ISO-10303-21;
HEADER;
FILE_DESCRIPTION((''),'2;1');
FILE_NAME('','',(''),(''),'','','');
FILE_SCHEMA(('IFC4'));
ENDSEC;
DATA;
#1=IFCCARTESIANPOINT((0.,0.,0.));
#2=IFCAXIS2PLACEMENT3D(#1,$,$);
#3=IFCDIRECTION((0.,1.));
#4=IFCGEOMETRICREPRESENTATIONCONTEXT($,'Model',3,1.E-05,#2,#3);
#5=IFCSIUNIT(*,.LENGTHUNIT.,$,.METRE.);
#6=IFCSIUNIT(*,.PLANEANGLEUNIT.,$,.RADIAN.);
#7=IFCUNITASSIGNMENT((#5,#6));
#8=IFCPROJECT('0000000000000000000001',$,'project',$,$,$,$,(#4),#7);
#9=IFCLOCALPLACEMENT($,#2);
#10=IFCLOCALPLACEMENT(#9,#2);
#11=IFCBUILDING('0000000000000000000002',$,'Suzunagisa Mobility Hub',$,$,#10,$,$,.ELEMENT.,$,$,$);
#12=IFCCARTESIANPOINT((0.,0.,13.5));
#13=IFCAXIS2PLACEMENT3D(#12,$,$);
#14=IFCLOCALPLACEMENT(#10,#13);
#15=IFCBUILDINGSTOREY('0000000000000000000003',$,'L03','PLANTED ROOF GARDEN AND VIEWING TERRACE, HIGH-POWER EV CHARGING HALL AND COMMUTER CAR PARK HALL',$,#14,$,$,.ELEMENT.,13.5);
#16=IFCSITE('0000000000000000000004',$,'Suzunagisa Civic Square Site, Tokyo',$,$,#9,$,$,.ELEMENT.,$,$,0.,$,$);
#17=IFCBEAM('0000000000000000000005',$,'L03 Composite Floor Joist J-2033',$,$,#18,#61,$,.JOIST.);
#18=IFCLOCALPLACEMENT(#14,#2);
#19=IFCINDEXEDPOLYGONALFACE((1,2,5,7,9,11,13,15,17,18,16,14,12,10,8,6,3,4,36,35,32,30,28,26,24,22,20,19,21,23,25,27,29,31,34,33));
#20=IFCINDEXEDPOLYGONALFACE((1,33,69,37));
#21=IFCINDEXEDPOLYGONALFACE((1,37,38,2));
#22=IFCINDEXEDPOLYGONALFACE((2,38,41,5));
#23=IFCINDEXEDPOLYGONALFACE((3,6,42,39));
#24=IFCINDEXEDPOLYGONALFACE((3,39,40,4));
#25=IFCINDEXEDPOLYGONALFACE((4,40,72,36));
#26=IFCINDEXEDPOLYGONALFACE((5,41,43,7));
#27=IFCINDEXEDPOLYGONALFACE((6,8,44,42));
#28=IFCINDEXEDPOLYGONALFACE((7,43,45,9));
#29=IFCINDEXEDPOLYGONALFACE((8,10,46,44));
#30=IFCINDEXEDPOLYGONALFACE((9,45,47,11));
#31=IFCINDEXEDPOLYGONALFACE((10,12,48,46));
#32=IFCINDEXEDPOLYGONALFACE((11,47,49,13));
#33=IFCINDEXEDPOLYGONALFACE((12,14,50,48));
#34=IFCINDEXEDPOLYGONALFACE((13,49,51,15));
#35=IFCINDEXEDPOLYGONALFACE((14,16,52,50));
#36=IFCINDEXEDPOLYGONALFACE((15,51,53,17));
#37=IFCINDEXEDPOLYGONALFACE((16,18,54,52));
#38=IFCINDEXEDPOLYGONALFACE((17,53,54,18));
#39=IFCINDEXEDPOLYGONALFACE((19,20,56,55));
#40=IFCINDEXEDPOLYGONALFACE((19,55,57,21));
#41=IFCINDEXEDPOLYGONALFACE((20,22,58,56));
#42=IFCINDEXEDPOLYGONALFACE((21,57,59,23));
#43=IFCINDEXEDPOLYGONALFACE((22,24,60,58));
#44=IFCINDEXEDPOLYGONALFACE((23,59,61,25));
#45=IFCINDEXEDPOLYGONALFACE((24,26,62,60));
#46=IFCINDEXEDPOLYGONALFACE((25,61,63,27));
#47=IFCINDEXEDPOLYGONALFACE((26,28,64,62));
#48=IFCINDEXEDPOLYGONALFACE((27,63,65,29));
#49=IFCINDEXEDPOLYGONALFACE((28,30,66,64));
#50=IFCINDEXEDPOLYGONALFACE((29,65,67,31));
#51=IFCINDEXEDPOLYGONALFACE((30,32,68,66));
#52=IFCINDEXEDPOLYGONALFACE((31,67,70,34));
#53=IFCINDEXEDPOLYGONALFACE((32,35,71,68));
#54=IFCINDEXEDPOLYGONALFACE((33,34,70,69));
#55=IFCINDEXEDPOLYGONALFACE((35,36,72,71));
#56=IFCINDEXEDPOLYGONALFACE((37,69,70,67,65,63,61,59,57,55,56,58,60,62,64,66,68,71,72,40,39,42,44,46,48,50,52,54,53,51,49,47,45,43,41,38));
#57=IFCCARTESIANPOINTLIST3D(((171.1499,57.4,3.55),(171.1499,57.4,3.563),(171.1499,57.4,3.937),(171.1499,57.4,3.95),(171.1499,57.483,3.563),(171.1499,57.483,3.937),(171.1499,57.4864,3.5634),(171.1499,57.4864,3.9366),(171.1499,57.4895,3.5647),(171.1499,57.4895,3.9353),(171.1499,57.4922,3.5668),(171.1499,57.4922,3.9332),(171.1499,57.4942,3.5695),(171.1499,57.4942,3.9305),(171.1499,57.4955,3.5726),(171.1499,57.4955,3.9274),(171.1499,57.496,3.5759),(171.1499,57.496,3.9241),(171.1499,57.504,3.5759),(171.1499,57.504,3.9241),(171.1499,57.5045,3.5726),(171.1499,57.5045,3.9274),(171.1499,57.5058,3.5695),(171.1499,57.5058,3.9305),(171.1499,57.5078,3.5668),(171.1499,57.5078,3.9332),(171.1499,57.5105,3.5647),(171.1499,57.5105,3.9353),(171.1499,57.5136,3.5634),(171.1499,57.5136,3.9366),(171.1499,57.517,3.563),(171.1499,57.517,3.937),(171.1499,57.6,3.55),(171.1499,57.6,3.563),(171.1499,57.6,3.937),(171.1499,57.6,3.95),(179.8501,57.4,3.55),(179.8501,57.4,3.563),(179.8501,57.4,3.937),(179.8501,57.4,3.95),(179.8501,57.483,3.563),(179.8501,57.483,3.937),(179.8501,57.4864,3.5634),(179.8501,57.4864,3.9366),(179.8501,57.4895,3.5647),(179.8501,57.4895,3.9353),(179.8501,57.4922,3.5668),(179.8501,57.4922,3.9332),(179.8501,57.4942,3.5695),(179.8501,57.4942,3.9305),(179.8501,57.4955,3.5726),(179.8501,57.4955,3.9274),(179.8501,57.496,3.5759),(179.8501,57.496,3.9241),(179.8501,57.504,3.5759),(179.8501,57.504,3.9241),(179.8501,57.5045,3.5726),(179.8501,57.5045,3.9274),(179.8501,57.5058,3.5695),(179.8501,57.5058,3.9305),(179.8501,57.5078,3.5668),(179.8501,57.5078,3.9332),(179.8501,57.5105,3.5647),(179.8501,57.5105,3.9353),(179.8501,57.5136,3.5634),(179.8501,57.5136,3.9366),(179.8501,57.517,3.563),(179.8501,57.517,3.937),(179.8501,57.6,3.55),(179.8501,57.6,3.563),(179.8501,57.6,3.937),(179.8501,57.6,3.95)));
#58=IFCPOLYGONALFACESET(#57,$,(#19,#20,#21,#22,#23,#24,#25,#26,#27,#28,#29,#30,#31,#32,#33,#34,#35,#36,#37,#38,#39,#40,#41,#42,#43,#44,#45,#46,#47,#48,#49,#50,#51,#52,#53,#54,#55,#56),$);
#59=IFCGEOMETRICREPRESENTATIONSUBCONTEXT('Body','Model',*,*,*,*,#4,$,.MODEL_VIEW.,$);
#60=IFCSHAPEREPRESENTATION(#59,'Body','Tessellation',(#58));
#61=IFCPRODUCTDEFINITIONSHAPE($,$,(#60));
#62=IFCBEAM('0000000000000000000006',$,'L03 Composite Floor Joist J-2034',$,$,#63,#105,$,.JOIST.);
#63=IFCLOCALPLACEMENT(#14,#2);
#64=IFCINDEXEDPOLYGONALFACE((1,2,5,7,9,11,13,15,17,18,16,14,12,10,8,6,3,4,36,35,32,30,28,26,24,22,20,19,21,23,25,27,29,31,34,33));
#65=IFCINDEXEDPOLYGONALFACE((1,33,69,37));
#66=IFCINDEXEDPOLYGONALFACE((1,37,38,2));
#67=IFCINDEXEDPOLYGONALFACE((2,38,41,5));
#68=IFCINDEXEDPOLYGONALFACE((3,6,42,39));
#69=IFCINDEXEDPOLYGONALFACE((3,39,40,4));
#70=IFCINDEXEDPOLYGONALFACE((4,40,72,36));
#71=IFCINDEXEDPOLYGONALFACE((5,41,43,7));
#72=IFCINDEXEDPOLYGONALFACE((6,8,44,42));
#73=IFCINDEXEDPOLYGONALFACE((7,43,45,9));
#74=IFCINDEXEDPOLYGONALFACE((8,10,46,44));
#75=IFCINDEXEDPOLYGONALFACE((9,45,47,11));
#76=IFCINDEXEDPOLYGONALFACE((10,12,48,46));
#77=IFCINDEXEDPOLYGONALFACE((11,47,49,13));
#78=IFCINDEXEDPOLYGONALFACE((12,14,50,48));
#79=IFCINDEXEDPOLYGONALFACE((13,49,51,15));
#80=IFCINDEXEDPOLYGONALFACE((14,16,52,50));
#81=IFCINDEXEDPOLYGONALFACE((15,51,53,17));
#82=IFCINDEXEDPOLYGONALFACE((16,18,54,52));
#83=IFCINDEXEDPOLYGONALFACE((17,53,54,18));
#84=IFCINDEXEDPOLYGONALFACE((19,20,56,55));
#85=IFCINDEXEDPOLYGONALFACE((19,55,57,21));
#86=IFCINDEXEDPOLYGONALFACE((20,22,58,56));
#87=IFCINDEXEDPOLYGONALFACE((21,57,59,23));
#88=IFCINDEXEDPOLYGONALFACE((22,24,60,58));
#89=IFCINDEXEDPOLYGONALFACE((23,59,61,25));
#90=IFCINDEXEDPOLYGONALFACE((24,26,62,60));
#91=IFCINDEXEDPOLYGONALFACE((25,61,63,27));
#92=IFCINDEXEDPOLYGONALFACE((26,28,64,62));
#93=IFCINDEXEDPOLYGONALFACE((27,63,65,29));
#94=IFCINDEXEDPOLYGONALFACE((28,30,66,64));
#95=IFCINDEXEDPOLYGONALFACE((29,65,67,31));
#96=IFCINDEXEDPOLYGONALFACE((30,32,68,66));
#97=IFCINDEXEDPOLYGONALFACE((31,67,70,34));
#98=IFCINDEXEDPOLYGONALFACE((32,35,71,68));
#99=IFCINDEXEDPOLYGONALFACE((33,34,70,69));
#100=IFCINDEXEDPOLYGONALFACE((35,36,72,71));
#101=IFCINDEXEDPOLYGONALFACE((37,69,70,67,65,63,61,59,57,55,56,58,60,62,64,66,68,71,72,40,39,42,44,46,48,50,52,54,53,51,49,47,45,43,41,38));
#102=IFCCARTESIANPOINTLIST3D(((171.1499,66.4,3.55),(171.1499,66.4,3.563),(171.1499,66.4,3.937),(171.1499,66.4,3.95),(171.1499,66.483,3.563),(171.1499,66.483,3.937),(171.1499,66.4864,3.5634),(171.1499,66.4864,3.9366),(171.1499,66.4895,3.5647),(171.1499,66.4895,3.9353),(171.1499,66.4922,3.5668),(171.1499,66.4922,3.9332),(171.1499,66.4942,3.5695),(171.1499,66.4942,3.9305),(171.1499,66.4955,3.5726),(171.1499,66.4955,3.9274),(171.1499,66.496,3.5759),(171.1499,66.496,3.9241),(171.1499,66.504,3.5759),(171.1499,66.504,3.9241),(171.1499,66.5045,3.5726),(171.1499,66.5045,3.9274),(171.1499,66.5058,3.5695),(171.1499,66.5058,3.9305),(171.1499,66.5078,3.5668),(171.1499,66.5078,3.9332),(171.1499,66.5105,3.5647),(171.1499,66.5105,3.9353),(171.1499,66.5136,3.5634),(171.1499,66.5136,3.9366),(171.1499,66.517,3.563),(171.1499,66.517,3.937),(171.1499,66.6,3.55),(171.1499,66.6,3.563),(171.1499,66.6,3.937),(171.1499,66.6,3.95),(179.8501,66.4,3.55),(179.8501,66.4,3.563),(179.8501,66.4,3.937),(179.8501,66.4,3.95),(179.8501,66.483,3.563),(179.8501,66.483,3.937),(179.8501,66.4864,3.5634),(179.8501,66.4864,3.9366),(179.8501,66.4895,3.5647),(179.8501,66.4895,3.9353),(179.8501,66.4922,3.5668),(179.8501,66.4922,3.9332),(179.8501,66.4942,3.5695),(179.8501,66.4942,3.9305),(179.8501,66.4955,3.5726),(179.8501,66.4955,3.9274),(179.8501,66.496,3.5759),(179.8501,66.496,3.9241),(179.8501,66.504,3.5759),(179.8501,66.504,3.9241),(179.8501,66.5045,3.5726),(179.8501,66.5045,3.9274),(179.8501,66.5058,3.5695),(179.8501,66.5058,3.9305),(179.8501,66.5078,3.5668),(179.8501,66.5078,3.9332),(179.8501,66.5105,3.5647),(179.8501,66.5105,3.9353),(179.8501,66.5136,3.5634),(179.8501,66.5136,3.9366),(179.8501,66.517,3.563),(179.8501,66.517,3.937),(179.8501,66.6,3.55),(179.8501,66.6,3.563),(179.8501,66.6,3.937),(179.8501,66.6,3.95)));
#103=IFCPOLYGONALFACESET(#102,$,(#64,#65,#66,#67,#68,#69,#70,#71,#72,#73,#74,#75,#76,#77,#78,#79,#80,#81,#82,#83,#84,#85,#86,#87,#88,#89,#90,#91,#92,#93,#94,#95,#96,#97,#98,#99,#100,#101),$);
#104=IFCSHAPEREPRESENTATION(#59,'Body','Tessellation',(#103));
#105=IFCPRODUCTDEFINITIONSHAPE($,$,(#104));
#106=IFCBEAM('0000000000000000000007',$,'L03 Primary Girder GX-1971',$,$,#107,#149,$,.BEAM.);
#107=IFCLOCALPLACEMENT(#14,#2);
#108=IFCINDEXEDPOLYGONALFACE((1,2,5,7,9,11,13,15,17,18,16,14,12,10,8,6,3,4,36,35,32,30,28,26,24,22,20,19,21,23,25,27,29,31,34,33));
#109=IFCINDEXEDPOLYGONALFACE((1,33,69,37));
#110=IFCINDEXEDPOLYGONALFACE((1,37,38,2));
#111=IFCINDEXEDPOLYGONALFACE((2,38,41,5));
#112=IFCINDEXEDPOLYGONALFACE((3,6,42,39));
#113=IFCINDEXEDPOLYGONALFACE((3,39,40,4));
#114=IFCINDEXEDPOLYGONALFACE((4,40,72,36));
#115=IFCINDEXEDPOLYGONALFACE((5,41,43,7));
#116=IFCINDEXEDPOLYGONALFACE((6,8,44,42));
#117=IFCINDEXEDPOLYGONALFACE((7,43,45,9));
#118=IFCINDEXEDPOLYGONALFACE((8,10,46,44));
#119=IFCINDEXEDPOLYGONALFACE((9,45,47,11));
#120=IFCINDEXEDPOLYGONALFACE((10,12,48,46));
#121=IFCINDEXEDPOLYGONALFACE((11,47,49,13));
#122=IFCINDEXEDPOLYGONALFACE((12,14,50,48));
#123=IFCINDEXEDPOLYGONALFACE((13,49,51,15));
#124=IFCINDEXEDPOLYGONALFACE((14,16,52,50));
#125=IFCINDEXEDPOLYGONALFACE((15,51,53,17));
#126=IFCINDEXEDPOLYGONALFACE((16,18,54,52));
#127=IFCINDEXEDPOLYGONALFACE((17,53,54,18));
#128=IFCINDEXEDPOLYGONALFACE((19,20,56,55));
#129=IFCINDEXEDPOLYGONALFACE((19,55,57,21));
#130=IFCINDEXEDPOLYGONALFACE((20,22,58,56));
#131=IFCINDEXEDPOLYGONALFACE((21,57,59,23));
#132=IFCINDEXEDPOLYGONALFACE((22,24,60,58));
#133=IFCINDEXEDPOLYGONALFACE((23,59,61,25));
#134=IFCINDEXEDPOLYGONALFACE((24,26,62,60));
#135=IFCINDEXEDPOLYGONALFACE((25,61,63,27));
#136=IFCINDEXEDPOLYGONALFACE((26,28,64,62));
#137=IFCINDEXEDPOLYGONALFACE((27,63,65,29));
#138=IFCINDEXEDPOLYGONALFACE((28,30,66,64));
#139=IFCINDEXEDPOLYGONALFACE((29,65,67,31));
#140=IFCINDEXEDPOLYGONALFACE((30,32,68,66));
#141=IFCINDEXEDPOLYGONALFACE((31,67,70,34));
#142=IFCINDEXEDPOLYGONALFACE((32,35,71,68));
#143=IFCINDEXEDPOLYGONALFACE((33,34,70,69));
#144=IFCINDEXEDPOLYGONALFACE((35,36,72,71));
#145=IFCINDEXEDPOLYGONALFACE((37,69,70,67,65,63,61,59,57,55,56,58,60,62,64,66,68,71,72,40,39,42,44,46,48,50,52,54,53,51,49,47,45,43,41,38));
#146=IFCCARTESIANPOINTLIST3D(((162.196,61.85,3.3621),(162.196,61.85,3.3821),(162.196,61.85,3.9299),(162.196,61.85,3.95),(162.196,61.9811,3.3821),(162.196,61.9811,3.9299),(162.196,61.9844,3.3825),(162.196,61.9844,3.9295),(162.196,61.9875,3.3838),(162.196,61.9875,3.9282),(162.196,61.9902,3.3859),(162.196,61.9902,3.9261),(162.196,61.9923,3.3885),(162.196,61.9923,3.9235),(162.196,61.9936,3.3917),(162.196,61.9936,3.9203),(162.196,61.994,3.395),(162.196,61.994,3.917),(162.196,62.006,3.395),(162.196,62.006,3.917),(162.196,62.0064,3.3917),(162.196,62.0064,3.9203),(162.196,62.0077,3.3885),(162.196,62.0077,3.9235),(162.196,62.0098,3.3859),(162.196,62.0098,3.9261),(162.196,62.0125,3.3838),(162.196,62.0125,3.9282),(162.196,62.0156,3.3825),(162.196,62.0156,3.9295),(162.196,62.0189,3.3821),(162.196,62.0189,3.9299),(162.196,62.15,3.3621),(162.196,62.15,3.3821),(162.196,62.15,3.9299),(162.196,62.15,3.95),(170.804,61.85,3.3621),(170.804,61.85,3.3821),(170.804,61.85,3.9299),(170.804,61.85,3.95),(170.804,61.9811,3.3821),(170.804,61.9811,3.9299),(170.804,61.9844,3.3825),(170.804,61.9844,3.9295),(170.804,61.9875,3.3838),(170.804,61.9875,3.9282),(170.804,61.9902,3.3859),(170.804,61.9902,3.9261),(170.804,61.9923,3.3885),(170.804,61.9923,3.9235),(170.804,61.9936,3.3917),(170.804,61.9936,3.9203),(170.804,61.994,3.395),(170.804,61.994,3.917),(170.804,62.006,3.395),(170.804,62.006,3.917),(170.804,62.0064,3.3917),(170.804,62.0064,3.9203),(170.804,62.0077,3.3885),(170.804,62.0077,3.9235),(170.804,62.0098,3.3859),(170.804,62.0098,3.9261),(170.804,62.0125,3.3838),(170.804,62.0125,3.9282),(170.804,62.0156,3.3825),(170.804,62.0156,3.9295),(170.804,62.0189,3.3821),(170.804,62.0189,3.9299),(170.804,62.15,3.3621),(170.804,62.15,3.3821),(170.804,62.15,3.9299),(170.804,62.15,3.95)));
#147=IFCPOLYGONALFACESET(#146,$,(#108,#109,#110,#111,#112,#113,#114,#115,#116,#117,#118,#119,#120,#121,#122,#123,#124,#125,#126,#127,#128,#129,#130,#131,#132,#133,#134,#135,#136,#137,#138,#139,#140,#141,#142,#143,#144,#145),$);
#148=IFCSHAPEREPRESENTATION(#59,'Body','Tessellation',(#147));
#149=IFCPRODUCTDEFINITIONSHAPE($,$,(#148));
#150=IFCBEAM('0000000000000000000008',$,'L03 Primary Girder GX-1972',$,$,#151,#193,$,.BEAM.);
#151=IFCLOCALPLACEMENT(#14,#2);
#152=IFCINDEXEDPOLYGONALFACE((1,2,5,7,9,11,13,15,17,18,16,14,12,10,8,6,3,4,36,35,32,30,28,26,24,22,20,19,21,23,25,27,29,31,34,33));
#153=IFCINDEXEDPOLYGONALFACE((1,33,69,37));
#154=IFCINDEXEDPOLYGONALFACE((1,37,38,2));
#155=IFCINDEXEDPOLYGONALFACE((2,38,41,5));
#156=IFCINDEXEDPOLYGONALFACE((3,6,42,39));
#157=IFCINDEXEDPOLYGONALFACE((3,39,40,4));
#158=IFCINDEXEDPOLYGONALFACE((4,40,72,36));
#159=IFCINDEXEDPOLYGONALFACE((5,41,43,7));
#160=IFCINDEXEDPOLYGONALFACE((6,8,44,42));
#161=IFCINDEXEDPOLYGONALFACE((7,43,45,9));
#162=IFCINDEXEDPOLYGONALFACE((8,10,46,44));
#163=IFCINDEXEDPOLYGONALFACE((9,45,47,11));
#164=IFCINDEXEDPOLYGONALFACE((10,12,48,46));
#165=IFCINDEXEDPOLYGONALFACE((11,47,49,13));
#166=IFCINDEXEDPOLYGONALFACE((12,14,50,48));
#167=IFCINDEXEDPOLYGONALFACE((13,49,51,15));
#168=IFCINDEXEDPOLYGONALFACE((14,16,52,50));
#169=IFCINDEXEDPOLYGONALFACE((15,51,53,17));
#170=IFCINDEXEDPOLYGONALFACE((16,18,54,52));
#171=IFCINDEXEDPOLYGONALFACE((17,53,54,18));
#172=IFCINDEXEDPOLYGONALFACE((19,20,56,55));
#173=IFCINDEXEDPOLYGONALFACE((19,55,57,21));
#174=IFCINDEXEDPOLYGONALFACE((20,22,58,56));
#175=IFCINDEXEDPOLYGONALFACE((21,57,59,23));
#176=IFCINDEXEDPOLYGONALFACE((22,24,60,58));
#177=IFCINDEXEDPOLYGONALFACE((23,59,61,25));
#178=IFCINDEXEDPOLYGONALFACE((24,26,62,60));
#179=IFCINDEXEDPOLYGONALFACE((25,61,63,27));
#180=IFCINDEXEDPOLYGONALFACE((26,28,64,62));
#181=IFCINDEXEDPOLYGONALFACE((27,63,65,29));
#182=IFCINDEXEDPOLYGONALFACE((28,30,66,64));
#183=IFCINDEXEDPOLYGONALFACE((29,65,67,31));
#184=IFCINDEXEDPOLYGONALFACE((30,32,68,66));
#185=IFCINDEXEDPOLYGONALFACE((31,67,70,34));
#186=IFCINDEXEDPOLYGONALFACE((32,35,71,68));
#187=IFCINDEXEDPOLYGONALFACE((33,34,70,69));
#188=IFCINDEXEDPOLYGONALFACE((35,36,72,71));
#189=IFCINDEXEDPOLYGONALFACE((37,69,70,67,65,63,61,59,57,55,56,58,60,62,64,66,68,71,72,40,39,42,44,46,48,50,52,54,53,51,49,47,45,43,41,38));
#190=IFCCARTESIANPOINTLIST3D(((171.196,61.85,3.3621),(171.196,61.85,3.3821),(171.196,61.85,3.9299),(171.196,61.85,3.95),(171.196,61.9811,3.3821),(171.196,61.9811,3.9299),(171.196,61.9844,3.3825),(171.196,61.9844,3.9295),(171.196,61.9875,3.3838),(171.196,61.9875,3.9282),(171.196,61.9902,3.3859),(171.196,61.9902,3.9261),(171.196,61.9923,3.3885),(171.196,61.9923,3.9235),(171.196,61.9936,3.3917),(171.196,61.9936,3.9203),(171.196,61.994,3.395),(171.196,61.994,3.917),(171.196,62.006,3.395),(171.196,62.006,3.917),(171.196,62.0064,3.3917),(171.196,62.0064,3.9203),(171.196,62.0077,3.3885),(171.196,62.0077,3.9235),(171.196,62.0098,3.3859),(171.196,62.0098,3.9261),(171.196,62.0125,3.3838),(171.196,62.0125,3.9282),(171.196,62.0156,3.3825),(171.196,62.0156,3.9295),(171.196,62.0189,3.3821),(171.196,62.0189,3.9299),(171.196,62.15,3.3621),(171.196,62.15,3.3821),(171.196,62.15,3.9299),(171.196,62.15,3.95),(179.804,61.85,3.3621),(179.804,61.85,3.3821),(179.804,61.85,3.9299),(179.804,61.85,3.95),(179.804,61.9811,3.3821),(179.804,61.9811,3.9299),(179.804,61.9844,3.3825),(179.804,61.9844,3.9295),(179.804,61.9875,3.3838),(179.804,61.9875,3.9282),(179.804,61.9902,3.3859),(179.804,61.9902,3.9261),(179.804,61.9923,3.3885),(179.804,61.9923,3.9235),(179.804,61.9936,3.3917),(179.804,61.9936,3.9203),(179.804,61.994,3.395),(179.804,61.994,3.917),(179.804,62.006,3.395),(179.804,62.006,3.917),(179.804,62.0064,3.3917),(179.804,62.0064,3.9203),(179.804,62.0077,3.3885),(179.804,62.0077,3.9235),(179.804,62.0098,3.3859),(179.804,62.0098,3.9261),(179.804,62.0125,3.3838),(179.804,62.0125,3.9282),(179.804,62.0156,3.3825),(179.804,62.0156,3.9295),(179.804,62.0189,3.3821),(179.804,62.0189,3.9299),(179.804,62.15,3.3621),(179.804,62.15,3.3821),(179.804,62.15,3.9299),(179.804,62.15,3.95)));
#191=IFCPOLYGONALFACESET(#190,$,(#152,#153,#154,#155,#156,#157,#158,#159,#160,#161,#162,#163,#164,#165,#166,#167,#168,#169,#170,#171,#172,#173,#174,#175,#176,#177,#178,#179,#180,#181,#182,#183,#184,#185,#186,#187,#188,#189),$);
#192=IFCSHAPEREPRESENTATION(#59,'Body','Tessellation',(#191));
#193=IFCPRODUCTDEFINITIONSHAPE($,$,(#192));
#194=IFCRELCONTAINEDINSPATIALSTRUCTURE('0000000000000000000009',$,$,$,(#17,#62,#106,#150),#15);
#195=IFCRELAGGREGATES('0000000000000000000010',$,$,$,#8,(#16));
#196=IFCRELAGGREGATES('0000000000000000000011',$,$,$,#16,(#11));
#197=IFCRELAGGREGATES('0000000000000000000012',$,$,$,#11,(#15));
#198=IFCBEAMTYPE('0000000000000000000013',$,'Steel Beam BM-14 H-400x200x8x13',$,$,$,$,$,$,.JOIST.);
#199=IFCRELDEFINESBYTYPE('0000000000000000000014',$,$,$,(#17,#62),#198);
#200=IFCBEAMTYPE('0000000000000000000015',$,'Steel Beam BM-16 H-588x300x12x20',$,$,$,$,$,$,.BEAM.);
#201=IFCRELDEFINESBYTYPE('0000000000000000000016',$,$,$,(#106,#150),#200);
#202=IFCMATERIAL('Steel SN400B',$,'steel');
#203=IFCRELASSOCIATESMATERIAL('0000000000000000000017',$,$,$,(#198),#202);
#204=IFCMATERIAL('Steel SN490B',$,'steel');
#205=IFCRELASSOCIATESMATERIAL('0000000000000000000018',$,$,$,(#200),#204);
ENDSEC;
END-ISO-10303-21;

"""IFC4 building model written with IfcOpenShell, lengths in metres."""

from ifc_helpers import new_model, si_unit, direction, frame, origin, origin_2d, place, context, subcontext, project, spatial, i_section, extrude, material, material_profile, profile_set, type_object, element, save


model = new_model("IFC4")

# Units and contexts
model_context = context("Model", 3, precision=1e-05, world=origin(), true_north=direction((0.0, 1.0)))
body_context = subcontext(model_context, "Body", "Model", "MODEL_VIEW")
ifc_project = project(units=[si_unit("LENGTHUNIT", "METRE"), si_unit("PLANEANGLEUNIT", "RADIAN")], contexts=[model_context])

# Site, building, storey
site_placement = place(None, origin())
site = spatial("IfcSite", under=ifc_project, at=site_placement, Name="Suzunagisa Civic Square Site, Tokyo", CompositionType="ELEMENT", RefElevation=0.0)
building_placement = place(site_placement, origin())
building = spatial("IfcBuilding", under=site, at=building_placement, Name="Suzunagisa Mobility Hub", CompositionType="ELEMENT")
storey_placement = place(building_placement, frame((0.0, 0.0, 13.5)))
storey = spatial("IfcBuildingStorey", under=building, at=storey_placement, Name="L03", Description="PLANTED ROOF GARDEN AND VIEWING TERRACE, HIGH-POWER EV CHARGING HALL AND COMMUTER CAR PARK HALL", CompositionType="ELEMENT", Elevation=13.5)

# Shared definitions
ifc_material_1 = material(Name="Steel SN490B", Category="steel")

# Beams
ifc_material_2 = material(Name="Steel SN400B", Category="steel")
ifc_material_profile_1 = material_profile(ifc_material_2, i_section(OverallWidth=0.2, OverallDepth=0.3999, WebThickness=0.0081, FlangeThickness=0.0129, FilletRadius=0.0129, at=origin_2d()), Name="H-400x200x8x13")
ifc_profile_set_1 = profile_set([ifc_material_profile_1], Name="Steel SN400B")
beam_type_1 = type_object("IfcBeamType", Name="Steel Beam BM-14 H-400x200x8x13", PredefinedType="JOIST", material=ifc_profile_set_1)
for number, where, z_axis, x_axis, name in (
    (1, (171.1499, 57.5, 3.75), (1.0, 0.0, 0.0), (0.0, 1.0, 0.0), "L03 Composite Floor Joist J-2033"),
    (2, (171.1499, 66.5, 3.75), (1.0, 0.0, 0.0), (0.0, 1.0, 0.0), "L03 Composite Floor Joist J-2034"),
):
    element("IfcBeam", number, at=place(storey_placement, frame(where, z_axis=z_axis, x_axis=x_axis)), inside=storey, type_object=beam_type_1, Name=name, PredefinedType="JOIST", context=body_context, shape_type="SweptSolid", body=[
        extrude(i_section(OverallWidth=0.2, OverallDepth=0.3999, WebThickness=0.0081, FlangeThickness=0.0129, FilletRadius=0.0129, at=origin_2d()), origin(), (0.0, 0.0, 1.0), 8.7002),
    ])
ifc_material_profile_2 = material_profile(ifc_material_1, i_section(OverallWidth=0.3, OverallDepth=0.5879, WebThickness=0.012, FlangeThickness=0.02, FilletRadius=0.0129, at=origin_2d()), Name="H-588x300x12x20")
ifc_profile_set_2 = profile_set([ifc_material_profile_2], Name="Steel SN490B")
beam_type_2 = type_object("IfcBeamType", Name="Steel Beam BM-16 H-588x300x12x20", PredefinedType="BEAM", material=ifc_profile_set_2)
for number, where, z_axis, x_axis, name in (
    (3, (162.196, 62.0, 3.656), (1.0, 0.0, 0.0), (0.0, 1.0, 0.0), "L03 Primary Girder GX-1971"),
    (4, (171.196, 62.0, 3.656), (1.0, 0.0, 0.0), (0.0, 1.0, 0.0), "L03 Primary Girder GX-1972"),
):
    element("IfcBeam", number, at=place(storey_placement, frame(where, z_axis=z_axis, x_axis=x_axis)), inside=storey, type_object=beam_type_2, Name=name, PredefinedType="BEAM", context=body_context, shape_type="SweptSolid", body=[
        extrude(i_section(OverallWidth=0.3, OverallDepth=0.5879, WebThickness=0.012, FlangeThickness=0.02, FilletRadius=0.0129, at=origin_2d()), origin(), (0.0, 0.0, 1.0), 8.6079),
    ])

save(model, "model.ifc")
